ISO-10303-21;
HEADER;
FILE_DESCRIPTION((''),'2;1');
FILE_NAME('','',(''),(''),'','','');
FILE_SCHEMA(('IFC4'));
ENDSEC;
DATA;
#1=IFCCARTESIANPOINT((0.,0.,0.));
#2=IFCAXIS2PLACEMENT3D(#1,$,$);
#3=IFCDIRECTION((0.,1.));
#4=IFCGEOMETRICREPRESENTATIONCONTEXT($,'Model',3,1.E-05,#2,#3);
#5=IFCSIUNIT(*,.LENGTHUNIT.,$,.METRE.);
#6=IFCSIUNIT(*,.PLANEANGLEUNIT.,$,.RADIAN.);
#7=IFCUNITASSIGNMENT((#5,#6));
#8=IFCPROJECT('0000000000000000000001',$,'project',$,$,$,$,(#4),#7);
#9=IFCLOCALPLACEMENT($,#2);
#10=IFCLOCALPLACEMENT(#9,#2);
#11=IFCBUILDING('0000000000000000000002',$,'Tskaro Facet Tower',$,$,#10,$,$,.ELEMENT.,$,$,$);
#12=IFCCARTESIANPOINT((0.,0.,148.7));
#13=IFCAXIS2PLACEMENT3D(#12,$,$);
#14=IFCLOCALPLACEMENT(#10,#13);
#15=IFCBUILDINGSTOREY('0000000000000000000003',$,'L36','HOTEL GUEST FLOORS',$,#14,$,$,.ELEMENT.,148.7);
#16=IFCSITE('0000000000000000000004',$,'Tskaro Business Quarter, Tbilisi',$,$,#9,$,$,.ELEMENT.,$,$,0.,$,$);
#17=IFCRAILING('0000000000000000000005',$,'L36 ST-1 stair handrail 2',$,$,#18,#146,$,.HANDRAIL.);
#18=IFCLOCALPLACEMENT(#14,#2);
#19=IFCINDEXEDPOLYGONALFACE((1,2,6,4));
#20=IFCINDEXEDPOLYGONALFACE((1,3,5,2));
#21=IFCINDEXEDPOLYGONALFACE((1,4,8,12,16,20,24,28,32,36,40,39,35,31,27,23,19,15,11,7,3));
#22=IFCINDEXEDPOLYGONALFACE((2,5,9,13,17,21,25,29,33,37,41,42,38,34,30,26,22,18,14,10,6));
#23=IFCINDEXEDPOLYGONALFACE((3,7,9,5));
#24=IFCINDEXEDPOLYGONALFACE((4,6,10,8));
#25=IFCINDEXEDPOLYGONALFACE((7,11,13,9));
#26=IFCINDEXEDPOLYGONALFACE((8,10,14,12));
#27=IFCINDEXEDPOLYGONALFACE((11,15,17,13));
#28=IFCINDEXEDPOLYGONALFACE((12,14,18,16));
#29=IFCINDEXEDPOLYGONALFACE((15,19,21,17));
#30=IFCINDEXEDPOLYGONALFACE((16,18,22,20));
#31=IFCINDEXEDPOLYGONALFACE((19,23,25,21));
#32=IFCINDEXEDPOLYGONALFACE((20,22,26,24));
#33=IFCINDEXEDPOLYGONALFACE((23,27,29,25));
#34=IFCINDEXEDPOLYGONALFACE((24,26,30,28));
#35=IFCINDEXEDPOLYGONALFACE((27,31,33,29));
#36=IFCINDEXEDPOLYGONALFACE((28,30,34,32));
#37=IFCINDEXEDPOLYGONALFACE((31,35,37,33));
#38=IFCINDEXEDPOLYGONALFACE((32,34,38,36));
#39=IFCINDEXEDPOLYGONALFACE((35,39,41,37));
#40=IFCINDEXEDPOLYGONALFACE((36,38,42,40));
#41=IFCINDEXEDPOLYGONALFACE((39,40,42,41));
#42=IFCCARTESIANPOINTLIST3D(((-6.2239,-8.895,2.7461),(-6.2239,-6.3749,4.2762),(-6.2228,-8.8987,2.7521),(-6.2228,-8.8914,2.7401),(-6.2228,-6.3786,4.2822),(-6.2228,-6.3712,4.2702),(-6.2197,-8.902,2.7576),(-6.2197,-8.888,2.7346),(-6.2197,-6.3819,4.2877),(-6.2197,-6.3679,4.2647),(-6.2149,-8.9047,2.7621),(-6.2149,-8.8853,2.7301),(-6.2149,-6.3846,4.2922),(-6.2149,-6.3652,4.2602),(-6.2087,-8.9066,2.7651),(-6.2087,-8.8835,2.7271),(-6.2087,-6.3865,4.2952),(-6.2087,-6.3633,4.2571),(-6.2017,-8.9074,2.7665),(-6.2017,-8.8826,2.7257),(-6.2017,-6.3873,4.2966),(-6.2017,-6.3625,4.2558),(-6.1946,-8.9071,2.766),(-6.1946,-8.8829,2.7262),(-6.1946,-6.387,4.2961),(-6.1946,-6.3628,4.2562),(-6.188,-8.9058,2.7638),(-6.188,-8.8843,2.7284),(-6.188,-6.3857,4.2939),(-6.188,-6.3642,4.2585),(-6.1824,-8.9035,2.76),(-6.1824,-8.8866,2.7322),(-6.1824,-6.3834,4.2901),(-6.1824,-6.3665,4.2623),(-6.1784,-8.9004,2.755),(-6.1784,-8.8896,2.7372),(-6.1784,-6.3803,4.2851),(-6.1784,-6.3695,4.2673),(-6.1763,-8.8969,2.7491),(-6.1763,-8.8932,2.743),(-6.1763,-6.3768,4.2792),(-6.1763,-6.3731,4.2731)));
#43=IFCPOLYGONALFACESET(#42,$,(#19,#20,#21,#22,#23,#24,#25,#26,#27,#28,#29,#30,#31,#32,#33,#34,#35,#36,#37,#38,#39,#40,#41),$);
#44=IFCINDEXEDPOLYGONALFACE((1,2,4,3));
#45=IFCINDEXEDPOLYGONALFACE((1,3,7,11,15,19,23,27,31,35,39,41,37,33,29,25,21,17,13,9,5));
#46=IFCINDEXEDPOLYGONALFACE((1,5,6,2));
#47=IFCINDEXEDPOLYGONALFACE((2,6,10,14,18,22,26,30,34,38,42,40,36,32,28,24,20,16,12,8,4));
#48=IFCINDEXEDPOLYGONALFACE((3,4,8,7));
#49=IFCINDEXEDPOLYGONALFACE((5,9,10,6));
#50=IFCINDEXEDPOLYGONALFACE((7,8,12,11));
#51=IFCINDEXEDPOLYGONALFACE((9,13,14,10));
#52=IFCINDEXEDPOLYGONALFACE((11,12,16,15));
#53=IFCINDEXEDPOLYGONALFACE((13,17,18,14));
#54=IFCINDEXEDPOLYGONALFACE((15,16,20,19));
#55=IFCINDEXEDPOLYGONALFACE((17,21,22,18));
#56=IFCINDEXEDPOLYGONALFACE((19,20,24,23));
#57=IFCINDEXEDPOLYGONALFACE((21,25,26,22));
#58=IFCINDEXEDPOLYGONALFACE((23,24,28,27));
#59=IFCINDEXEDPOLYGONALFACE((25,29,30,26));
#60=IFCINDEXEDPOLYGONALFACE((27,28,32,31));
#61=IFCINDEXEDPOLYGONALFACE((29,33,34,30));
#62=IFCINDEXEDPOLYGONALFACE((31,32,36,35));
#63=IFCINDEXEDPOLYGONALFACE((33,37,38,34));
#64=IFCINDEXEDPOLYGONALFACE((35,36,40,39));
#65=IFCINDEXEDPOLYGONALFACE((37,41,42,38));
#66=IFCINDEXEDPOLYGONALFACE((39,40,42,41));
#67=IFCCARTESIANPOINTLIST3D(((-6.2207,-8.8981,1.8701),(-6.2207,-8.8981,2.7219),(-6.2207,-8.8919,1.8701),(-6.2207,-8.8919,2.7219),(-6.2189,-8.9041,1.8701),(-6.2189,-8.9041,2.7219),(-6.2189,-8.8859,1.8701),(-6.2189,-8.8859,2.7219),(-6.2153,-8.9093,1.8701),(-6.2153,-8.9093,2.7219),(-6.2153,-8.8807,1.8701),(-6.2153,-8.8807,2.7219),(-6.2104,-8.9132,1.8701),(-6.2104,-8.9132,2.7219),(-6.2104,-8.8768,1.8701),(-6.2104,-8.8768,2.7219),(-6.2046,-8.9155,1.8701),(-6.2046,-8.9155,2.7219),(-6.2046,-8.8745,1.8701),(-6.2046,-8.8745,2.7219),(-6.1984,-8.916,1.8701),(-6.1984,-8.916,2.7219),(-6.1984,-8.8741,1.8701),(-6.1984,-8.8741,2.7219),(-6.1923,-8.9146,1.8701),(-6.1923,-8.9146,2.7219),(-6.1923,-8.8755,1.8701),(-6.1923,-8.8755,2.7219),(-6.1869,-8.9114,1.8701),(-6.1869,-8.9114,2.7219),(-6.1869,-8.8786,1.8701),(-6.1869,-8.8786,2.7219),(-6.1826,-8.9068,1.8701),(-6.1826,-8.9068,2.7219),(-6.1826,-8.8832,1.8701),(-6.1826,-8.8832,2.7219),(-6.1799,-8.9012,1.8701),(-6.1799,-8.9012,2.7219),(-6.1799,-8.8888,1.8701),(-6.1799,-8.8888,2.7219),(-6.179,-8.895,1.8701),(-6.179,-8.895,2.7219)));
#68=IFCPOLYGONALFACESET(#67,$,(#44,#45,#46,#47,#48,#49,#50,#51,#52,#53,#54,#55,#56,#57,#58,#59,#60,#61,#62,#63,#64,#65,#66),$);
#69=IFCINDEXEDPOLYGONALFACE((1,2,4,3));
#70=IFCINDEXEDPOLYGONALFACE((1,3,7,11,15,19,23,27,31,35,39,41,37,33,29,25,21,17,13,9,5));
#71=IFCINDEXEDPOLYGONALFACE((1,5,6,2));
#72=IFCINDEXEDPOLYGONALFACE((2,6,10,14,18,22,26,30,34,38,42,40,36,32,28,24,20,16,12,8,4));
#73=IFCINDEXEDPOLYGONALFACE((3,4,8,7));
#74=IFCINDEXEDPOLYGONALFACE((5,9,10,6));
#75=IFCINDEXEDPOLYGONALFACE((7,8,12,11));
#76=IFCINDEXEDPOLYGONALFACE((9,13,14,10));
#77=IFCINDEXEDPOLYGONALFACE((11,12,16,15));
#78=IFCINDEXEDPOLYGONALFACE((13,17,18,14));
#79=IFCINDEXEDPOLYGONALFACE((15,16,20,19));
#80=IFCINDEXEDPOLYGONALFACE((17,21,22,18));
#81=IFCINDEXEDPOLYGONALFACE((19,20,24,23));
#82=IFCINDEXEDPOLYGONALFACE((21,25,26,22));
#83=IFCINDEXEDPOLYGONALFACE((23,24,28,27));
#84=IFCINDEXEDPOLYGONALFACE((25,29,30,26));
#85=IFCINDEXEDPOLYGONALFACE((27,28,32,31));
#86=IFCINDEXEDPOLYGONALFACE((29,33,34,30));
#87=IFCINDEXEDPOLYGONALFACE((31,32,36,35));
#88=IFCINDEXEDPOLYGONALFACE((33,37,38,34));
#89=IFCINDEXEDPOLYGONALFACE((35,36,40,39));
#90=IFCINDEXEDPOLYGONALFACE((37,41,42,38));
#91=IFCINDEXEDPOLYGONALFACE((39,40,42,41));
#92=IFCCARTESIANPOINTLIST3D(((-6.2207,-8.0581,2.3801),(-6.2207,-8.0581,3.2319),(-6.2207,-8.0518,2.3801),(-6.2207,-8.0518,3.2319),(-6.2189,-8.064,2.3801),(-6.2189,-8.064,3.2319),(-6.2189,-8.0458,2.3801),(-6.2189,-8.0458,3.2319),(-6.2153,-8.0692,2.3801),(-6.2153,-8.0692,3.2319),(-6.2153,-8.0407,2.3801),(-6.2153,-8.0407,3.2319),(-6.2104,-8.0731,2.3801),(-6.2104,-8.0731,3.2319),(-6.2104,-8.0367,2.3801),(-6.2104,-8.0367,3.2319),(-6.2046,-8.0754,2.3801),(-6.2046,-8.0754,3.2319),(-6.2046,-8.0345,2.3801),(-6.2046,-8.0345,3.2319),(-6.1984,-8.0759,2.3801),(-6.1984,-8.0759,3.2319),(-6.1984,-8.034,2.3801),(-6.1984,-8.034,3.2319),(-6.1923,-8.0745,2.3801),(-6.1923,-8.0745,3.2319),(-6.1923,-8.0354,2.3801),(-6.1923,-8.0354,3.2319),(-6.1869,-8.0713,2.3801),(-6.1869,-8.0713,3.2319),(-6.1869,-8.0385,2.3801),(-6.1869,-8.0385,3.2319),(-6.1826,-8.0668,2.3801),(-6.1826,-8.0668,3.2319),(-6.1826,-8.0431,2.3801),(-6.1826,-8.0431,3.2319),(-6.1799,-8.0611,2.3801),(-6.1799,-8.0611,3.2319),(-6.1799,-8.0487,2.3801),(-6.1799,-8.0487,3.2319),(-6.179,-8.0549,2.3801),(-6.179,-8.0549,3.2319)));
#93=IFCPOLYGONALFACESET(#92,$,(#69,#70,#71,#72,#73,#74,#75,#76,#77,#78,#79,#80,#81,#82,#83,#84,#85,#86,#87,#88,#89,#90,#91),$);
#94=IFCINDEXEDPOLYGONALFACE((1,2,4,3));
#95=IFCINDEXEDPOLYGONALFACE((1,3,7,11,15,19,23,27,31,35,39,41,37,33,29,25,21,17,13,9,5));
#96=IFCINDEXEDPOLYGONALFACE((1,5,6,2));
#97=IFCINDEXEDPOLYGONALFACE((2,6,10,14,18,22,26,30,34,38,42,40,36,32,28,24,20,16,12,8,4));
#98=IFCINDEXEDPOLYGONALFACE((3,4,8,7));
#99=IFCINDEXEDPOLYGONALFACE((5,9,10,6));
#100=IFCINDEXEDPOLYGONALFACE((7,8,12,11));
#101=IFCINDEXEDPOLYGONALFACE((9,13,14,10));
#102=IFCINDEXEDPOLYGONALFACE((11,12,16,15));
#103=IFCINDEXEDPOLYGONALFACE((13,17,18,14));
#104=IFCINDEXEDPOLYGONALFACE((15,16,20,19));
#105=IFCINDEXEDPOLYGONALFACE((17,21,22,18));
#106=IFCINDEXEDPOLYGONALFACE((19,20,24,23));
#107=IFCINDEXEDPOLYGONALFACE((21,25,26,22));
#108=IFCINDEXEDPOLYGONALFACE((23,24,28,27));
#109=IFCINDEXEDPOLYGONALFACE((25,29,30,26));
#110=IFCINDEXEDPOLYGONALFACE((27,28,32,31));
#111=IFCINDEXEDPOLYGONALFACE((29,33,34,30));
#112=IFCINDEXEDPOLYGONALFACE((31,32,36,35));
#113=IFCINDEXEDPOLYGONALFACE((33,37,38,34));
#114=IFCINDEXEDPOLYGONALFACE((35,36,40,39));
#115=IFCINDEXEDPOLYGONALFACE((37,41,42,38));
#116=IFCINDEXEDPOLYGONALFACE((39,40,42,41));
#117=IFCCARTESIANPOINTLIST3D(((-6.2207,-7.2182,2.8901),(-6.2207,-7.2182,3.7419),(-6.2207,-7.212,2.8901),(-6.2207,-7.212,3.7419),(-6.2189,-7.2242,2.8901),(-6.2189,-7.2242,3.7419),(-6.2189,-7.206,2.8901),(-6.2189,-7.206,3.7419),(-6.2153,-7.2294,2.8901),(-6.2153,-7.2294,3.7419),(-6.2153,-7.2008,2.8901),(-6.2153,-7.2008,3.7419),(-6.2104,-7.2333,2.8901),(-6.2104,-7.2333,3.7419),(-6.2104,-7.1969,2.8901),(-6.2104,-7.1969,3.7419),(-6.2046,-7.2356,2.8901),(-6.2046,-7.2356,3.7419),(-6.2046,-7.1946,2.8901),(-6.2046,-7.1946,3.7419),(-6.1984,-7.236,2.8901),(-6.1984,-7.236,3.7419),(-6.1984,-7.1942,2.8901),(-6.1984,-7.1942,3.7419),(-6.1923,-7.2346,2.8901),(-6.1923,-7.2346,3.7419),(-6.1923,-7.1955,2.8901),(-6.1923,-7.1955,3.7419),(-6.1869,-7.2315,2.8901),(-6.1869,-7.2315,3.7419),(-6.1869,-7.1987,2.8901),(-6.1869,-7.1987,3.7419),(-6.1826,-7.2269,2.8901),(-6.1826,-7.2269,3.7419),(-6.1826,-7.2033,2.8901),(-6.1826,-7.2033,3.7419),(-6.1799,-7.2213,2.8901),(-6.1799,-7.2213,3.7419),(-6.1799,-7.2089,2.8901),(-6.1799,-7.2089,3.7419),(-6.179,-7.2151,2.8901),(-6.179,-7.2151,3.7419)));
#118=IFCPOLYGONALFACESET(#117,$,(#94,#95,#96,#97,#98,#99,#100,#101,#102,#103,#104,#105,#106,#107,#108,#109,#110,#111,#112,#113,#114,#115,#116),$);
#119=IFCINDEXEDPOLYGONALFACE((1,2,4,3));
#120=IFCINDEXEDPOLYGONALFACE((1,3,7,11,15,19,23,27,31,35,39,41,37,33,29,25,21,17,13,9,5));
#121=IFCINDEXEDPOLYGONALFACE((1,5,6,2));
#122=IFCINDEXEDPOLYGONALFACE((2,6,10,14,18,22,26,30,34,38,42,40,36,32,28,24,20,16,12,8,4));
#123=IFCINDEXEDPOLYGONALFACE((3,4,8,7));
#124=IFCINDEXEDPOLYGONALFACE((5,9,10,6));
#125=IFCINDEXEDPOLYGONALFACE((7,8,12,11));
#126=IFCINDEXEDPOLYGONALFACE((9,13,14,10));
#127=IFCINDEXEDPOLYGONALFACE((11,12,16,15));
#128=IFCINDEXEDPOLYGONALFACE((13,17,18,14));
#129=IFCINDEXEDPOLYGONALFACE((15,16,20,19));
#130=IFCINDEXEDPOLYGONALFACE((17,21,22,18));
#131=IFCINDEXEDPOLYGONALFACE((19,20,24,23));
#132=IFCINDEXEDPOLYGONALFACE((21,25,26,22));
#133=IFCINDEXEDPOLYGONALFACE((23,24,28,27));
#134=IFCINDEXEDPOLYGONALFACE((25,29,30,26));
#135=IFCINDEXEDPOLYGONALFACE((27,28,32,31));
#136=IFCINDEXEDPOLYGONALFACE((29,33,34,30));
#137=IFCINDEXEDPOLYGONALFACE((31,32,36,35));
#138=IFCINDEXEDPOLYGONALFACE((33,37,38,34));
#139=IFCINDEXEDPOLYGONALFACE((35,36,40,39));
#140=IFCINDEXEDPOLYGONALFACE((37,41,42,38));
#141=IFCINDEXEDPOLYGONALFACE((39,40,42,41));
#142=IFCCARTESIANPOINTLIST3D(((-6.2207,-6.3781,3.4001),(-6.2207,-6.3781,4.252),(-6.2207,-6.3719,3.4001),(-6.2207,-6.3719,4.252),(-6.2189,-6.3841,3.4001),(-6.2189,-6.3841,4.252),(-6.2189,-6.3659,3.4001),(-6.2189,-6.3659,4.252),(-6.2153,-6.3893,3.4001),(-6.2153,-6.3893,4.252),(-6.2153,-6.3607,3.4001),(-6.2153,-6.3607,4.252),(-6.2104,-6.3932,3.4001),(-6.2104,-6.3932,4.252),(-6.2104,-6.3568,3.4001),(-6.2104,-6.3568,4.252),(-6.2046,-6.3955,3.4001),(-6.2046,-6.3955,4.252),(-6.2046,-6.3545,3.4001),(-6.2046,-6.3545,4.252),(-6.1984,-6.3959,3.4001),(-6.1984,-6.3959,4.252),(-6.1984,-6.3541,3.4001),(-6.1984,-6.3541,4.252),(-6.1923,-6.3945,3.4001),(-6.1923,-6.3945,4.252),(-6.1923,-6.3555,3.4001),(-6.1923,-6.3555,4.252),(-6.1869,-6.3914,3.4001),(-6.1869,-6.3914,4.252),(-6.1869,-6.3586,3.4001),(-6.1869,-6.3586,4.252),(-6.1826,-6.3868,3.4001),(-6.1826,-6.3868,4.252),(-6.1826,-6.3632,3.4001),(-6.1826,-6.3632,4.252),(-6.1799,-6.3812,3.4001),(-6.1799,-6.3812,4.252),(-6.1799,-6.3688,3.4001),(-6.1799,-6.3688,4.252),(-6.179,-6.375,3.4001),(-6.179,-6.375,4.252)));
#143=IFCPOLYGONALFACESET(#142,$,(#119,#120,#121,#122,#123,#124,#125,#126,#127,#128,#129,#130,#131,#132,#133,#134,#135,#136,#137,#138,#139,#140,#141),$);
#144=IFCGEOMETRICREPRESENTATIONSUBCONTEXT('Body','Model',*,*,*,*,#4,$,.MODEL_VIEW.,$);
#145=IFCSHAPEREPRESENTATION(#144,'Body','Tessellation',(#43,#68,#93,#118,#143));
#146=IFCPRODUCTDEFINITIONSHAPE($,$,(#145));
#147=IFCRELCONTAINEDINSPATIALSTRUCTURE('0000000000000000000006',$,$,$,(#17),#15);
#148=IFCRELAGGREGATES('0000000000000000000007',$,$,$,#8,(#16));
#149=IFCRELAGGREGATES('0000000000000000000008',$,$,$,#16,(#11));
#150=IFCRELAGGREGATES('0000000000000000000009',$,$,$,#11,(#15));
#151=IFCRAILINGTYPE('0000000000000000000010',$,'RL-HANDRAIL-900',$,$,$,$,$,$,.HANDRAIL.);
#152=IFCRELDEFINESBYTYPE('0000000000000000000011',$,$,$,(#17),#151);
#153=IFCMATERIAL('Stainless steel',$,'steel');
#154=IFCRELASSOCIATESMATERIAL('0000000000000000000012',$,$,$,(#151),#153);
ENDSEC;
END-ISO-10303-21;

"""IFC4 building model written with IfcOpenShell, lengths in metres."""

from ifc_helpers import new_model, si_unit, direction, frame, origin, origin_2d, place, context, subcontext, project, spatial, circle, extrude, material, type_object, element, save


model = new_model("IFC4")

# Units and contexts
model_context = context("Model", 3, precision=1e-05, world=origin(), true_north=direction((0.0, 1.0)))
body_context = subcontext(model_context, "Body", "Model", "MODEL_VIEW")
ifc_project = project(units=[si_unit("LENGTHUNIT", "METRE"), si_unit("PLANEANGLEUNIT", "RADIAN")], contexts=[model_context])

# Site, building, storey
site_placement = place(None, origin())
site = spatial("IfcSite", under=ifc_project, at=site_placement, Name="Tskaro Business Quarter, Tbilisi", CompositionType="ELEMENT", RefElevation=0.0)
building_placement = place(site_placement, origin())
building = spatial("IfcBuilding", under=site, at=building_placement, Name="Tskaro Facet Tower", CompositionType="ELEMENT")
storey_placement = place(building_placement, frame((0.0, 0.0, 148.7)))
storey = spatial("IfcBuildingStorey", under=building, at=storey_placement, Name="L36", Description="HOTEL GUEST FLOORS", CompositionType="ELEMENT", Elevation=148.7)

# Shared definitions
ifc_material_1 = material(Name="Stainless steel", Category="steel")

# Railing
railing_type_1 = type_object("IfcRailingType", Name="RL-HANDRAIL-900", PredefinedType="HANDRAIL", material=ifc_material_1)
railing_1_placement = place(storey_placement, frame((-6.2, -8.895, 1.8701)))
element("IfcRailing", 1, at=railing_1_placement, inside=storey, type_object=railing_type_1, Name="L36 ST-1 stair handrail 2", PredefinedType="HANDRAIL", context=body_context, shape_type="SweptSolid", body=[
    extrude(circle(Radius=0.0239, at=origin_2d()), frame((0.0, 0.0, 0.876), z_axis=(0.0, 0.854785, 0.518982), x_axis=(-1.0, 0.0, 0.0)), (0.0, 0.0, 1.0), 2.9482),
    extrude(circle(Radius=0.021, at=origin_2d()), origin(), (0.0, 0.0, 1.0), 0.8518),
    extrude(circle(Radius=0.021, at=origin_2d()), frame((0.0, 0.8401, 0.51)), (0.0, 0.0, 1.0), 0.8518),
    extrude(circle(Radius=0.021, at=origin_2d()), frame((0.0, 1.6799, 1.02)), (0.0, 0.0, 1.0), 0.8518),
    extrude(circle(Radius=0.021, at=origin_2d()), frame((0.0, 2.52, 1.53)), (0.0, 0.0, 1.0), 0.8518),
])

save(model, "model.ifc")
